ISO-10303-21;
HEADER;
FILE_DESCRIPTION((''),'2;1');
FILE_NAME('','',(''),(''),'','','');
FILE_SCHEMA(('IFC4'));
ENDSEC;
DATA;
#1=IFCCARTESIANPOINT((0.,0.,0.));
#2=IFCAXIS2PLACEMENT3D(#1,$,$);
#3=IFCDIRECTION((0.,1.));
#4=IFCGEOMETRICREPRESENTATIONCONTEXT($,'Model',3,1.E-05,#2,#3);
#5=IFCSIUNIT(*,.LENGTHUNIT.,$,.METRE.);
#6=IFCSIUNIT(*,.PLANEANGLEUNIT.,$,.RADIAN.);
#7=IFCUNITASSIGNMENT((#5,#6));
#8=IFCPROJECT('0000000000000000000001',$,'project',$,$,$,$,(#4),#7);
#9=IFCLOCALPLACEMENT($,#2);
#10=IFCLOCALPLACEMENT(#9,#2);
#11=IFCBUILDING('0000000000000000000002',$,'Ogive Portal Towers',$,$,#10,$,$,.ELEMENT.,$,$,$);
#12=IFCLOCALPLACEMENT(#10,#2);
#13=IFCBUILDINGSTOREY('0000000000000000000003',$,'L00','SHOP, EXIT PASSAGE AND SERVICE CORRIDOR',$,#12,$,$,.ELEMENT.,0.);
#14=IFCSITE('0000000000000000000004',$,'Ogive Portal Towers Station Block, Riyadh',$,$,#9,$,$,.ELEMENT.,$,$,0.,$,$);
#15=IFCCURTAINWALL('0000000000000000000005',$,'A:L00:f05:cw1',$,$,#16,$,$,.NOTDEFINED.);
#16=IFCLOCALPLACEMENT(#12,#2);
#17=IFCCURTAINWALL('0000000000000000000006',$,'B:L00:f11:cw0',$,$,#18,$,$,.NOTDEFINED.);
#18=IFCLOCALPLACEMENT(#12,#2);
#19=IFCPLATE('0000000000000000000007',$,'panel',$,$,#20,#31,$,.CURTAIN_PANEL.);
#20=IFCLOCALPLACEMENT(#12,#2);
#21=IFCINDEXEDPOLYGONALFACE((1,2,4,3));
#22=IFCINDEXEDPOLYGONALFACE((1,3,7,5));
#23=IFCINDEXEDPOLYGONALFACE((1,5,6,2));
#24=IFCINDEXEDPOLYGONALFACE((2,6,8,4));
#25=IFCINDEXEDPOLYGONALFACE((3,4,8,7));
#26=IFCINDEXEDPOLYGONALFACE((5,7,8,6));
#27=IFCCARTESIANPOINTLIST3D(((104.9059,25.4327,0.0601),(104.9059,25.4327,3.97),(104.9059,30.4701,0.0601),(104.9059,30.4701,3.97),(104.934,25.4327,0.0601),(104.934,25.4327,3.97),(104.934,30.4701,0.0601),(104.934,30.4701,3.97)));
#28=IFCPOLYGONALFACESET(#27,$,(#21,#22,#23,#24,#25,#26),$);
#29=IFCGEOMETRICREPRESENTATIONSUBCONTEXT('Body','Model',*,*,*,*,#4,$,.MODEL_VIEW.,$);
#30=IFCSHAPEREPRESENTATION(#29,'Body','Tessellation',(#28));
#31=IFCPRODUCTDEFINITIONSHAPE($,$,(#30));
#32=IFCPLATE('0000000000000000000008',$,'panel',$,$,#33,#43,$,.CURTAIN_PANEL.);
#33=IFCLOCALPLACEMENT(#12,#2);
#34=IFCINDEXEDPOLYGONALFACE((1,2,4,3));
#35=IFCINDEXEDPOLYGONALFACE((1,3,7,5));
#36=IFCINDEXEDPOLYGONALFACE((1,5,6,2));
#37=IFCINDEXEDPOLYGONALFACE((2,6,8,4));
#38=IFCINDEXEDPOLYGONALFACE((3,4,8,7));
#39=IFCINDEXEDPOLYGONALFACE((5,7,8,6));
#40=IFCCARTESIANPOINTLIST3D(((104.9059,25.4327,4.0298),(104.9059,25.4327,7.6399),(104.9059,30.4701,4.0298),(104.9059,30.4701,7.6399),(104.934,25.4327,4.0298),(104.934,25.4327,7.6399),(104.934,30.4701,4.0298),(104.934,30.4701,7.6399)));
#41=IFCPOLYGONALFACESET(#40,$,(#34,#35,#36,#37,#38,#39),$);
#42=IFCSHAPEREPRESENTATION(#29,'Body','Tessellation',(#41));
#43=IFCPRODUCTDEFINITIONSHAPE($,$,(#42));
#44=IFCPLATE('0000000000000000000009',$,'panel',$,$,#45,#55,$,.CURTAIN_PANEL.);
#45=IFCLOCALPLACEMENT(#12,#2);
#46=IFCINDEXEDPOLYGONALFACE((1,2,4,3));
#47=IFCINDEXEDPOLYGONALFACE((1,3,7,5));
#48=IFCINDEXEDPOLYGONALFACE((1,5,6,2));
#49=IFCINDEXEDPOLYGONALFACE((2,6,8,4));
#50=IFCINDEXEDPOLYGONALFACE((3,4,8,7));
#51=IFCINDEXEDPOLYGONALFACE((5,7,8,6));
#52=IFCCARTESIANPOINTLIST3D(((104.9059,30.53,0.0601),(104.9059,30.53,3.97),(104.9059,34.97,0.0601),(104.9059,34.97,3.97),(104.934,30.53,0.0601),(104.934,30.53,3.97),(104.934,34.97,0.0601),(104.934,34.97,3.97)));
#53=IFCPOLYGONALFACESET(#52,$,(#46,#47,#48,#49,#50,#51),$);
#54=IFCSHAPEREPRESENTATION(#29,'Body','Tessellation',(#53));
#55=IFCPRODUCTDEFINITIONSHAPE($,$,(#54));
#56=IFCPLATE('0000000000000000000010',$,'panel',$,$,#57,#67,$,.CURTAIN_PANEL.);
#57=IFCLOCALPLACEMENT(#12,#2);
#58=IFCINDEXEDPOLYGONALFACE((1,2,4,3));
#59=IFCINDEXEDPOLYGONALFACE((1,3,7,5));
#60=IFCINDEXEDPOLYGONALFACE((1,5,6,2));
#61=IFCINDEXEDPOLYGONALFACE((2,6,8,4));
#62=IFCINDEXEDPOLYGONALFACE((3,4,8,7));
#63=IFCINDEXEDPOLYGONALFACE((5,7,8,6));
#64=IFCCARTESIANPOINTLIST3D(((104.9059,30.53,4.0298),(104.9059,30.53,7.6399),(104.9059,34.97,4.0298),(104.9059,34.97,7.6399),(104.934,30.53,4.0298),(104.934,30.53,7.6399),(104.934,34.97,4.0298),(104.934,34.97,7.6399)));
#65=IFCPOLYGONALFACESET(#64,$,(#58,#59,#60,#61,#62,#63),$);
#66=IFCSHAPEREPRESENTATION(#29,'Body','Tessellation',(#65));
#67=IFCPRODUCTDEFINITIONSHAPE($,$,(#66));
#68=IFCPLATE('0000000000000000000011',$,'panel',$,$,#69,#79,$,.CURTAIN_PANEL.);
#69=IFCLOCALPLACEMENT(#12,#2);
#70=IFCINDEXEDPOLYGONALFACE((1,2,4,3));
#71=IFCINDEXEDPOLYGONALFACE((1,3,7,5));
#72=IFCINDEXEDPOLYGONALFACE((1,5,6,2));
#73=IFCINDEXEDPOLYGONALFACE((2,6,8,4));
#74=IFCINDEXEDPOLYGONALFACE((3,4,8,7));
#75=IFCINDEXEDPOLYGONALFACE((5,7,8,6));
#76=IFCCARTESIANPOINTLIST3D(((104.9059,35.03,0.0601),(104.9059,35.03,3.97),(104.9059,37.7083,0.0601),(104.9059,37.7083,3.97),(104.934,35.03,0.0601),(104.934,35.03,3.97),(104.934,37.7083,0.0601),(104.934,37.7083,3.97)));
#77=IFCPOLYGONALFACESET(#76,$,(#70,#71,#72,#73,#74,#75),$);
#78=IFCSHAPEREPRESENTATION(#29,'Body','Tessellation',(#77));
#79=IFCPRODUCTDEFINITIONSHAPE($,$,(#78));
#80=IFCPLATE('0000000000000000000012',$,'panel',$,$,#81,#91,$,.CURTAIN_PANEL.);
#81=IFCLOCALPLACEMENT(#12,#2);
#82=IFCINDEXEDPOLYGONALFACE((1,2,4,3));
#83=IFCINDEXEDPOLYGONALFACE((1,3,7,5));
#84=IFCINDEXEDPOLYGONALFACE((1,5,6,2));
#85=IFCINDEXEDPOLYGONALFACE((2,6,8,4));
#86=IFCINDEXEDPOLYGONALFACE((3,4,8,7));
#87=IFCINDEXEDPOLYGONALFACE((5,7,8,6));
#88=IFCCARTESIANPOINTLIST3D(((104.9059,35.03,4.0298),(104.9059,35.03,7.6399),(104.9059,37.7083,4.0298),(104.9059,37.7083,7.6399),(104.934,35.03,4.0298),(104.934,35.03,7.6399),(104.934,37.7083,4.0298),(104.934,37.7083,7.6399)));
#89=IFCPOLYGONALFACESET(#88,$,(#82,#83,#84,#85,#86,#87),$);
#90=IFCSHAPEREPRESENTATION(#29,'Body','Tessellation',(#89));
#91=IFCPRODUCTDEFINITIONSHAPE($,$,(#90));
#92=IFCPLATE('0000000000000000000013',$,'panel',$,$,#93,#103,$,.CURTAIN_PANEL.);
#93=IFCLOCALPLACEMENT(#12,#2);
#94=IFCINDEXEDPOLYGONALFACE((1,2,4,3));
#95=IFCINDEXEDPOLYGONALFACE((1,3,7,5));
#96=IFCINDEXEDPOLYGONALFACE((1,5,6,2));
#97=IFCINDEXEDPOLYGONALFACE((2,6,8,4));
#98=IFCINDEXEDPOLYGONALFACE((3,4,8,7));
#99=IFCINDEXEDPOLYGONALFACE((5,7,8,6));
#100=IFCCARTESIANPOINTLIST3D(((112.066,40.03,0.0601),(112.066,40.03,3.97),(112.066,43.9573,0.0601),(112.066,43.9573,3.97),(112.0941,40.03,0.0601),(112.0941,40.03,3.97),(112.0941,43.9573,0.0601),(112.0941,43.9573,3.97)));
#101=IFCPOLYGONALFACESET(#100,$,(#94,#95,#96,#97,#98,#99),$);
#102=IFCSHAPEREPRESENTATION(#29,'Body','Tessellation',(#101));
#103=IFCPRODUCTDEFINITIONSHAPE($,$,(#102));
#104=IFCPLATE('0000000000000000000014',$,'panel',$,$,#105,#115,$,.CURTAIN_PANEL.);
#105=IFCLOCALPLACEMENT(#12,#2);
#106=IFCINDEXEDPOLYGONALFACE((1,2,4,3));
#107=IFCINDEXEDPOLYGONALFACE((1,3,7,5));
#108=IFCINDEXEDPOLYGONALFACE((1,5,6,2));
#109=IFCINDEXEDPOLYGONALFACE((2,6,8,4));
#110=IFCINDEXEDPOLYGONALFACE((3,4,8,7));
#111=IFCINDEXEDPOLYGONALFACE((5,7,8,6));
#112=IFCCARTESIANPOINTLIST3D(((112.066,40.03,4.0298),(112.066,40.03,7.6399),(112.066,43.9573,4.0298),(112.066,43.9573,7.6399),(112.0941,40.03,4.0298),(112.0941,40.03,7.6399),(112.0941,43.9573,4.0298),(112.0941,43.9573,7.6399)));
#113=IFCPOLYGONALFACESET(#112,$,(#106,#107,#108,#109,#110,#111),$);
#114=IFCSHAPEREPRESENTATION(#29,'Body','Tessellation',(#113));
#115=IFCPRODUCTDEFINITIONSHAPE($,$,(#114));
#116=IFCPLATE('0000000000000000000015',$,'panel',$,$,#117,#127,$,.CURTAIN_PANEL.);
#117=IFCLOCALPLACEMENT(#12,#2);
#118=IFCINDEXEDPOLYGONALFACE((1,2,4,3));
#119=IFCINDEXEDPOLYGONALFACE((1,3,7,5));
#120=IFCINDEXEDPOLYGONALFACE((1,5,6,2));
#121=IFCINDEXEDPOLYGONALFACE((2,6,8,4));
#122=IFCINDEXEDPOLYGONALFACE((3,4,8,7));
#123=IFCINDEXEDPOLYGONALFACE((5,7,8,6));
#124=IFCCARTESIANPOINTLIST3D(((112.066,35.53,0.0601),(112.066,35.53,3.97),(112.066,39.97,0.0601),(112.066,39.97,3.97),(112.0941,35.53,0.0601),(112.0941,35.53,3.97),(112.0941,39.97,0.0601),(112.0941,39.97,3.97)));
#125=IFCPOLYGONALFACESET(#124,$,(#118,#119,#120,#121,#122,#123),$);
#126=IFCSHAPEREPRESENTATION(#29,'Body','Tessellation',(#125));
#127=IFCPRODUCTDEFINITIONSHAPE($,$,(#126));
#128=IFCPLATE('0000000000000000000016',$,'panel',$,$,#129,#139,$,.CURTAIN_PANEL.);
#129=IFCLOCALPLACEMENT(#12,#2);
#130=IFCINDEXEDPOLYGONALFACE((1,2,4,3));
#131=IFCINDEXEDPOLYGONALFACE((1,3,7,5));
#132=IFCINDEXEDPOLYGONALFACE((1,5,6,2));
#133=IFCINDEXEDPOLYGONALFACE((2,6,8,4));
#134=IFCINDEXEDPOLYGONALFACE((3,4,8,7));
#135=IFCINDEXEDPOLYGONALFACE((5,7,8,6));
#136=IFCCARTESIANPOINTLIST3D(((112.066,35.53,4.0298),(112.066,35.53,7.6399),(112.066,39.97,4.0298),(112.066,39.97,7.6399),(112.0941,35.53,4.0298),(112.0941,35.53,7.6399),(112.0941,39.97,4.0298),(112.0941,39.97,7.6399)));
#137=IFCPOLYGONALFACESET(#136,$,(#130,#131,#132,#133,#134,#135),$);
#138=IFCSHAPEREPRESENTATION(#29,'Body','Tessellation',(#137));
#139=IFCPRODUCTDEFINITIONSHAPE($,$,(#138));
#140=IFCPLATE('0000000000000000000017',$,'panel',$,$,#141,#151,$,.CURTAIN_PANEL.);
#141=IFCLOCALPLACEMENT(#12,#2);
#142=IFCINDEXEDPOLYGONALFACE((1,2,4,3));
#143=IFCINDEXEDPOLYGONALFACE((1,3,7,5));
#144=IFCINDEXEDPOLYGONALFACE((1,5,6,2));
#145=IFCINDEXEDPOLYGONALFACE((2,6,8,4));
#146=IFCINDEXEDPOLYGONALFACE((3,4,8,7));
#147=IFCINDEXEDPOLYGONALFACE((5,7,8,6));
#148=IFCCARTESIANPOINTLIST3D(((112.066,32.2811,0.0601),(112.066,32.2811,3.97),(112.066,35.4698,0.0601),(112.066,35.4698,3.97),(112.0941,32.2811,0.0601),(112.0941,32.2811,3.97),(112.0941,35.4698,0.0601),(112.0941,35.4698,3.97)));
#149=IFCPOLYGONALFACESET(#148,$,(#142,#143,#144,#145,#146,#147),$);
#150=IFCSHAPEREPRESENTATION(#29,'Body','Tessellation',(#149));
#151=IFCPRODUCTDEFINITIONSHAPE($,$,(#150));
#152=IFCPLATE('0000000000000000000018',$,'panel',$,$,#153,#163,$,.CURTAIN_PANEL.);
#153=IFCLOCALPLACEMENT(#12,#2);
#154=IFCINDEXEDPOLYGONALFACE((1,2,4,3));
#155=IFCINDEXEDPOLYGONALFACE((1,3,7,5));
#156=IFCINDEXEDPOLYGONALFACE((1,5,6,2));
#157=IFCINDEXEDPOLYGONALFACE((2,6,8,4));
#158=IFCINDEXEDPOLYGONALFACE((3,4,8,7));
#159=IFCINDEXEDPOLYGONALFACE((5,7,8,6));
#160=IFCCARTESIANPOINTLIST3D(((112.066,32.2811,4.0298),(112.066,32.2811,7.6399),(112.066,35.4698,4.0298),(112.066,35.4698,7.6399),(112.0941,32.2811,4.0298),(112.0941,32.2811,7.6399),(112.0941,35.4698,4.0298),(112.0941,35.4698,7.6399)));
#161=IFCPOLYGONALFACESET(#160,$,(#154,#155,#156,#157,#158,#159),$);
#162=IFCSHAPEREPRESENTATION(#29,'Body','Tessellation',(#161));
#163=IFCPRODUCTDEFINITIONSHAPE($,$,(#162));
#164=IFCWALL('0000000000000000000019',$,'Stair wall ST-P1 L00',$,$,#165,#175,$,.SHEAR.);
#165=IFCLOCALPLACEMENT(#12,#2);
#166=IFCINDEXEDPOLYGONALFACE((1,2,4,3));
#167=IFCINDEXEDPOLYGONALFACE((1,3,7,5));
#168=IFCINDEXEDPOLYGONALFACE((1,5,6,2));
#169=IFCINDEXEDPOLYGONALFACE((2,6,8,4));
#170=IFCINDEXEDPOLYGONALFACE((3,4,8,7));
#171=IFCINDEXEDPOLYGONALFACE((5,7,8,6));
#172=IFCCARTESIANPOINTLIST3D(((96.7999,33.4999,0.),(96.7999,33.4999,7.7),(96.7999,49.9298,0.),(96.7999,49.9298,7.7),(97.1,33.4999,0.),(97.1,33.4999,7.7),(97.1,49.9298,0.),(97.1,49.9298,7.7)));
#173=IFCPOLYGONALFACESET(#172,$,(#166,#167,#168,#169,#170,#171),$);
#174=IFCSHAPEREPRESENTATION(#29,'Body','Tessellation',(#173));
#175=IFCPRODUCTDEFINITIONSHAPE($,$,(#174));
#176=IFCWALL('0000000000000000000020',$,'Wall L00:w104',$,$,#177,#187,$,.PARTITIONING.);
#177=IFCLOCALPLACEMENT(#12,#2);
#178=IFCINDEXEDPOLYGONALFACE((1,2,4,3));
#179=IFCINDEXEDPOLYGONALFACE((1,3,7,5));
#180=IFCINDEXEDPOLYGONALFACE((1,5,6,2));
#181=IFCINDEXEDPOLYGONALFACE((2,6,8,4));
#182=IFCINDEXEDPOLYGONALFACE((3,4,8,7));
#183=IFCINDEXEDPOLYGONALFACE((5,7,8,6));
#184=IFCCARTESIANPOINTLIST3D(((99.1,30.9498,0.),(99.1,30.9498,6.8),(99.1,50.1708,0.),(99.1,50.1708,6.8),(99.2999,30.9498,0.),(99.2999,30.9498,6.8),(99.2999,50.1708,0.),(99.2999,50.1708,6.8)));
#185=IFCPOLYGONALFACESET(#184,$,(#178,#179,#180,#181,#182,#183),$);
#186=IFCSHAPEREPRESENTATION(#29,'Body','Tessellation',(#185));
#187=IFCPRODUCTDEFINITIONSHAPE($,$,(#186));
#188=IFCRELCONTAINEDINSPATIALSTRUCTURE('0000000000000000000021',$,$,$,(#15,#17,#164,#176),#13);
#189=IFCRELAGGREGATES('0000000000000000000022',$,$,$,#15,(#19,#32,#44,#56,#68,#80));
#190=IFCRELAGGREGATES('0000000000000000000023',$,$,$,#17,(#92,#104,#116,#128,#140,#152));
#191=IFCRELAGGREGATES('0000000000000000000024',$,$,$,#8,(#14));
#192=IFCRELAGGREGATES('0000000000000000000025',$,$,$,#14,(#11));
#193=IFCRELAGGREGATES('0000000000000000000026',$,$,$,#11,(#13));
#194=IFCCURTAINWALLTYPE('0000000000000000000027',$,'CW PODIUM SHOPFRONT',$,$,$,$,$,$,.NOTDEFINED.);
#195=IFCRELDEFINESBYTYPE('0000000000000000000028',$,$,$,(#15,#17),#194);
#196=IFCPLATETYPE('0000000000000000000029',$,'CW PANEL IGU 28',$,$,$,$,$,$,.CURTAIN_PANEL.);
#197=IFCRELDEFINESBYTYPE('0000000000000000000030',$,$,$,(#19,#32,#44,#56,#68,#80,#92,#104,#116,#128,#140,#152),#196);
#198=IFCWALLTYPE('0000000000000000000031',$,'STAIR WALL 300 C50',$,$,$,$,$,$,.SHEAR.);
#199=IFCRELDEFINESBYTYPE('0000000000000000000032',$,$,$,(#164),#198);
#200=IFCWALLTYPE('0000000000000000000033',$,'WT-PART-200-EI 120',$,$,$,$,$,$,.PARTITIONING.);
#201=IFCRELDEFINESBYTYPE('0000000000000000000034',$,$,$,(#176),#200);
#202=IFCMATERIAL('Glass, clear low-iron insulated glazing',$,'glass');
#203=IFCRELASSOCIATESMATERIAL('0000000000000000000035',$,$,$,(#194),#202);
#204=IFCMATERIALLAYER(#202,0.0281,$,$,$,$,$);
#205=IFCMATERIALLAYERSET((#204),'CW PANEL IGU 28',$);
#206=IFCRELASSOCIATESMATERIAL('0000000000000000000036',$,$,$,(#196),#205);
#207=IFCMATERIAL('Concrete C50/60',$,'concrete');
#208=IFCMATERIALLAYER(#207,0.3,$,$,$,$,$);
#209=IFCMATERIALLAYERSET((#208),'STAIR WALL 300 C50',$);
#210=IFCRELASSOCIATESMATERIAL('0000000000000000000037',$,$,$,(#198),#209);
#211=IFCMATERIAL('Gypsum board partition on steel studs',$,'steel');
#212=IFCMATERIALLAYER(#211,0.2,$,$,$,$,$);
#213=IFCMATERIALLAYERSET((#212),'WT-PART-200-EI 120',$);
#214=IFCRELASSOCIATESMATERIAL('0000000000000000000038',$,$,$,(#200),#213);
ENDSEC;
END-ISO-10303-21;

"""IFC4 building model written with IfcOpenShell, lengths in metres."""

from ifc_helpers import new_model, si_unit, direction, frame, frame_2d, origin, origin_2d, place, context, subcontext, project, spatial, rectangle, extrude, material, layer, layer_set, type_object, element, aggregate, save


model = new_model("IFC4")

# Units and contexts
model_context = context("Model", 3, precision=1e-05, world=origin(), true_north=direction((0.0, 1.0)))
body_context = subcontext(model_context, "Body", "Model", "MODEL_VIEW")
ifc_project = project(units=[si_unit("LENGTHUNIT", "METRE"), si_unit("PLANEANGLEUNIT", "RADIAN")], contexts=[model_context])

# Site, building, storey
site_placement = place(None, origin())
site = spatial("IfcSite", under=ifc_project, at=site_placement, Name="Ogive Portal Towers Station Block, Riyadh", CompositionType="ELEMENT", RefElevation=0.0)
building_placement = place(site_placement, origin())
building = spatial("IfcBuilding", under=site, at=building_placement, Name="Ogive Portal Towers", CompositionType="ELEMENT")
storey_placement = place(building_placement, origin())
storey = spatial("IfcBuildingStorey", under=building, at=storey_placement, Name="L00", Description="SHOP, EXIT PASSAGE AND SERVICE CORRIDOR", CompositionType="ELEMENT", Elevation=0.0)

# Shared definitions
ifc_material_1 = material(Name="Concrete C50/60", Category="concrete")

# Curtain wall
ifc_material_2 = material(Name="Glass, clear low-iron insulated glazing", Category="glass")
curtain_wall_type = type_object("IfcCurtainWallType", Name="CW PODIUM SHOPFRONT", PredefinedType="NOTDEFINED", material=ifc_material_2)
curtain_wall_1_placement = place(storey_placement, origin())
curtain_wall_1 = element("IfcCurtainWall", 1, at=curtain_wall_1_placement, inside=storey, type_object=curtain_wall_type, Name="A:L00:f05:cw1", PredefinedType="NOTDEFINED")

# Curtain wall
curtain_wall_2_placement = place(storey_placement, origin())
curtain_wall_2 = element("IfcCurtainWall", 2, at=curtain_wall_2_placement, inside=storey, type_object=curtain_wall_type, Name="B:L00:f11:cw0", PredefinedType="NOTDEFINED")

# Plates
ifc_layer_1 = layer(ifc_material_2, 0.0281)
ifc_layer_set_1 = layer_set([ifc_layer_1], Name="CW PANEL IGU 28")
plate_type = type_object("IfcPlateType", Name="CW PANEL IGU 28", PredefinedType="CURTAIN_PANEL", material=ifc_layer_set_1)
plate_1_placement = place(storey_placement, frame((104.9199, 27.9514, 0.0601), z_axis=(0.0, 0.0, 1.0), x_axis=(0.0, 1.0, 0.0)))
plate_1 = element("IfcPlate", 3, at=plate_1_placement, type_object=plate_type, Name="panel", PredefinedType="CURTAIN_PANEL", context=body_context, shape_type="SweptSolid", body=[
    extrude(rectangle(XDim=5.0374, YDim=0.0281, at=origin_2d()), origin(), (0.0, 0.0, 1.0), 3.9099),
])
plate_2_placement = place(storey_placement, frame((104.9199, 27.9514, 4.0298), z_axis=(0.0, 0.0, 1.0), x_axis=(0.0, 1.0, 0.0)))
plate_2 = element("IfcPlate", 4, at=plate_2_placement, type_object=plate_type, Name="panel", PredefinedType="CURTAIN_PANEL", context=body_context, shape_type="SweptSolid", body=[
    extrude(rectangle(XDim=5.0374, YDim=0.0281, at=origin_2d()), origin(), (0.0, 0.0, 1.0), 3.6101),
])
plate_3_placement = place(storey_placement, frame((104.9199, 32.75, 0.0601), z_axis=(0.0, 0.0, 1.0), x_axis=(0.0, 1.0, 0.0)))
plate_3 = element("IfcPlate", 5, at=plate_3_placement, type_object=plate_type, Name="panel", PredefinedType="CURTAIN_PANEL", context=body_context, shape_type="SweptSolid", body=[
    extrude(rectangle(XDim=4.4399, YDim=0.0281, at=origin_2d()), origin(), (0.0, 0.0, 1.0), 3.9099),
])
plate_4_placement = place(storey_placement, frame((104.9199, 32.75, 4.0298), z_axis=(0.0, 0.0, 1.0), x_axis=(0.0, 1.0, 0.0)))
plate_4 = element("IfcPlate", 6, at=plate_4_placement, type_object=plate_type, Name="panel", PredefinedType="CURTAIN_PANEL", context=body_context, shape_type="SweptSolid", body=[
    extrude(rectangle(XDim=4.4399, YDim=0.0281, at=origin_2d()), origin(), (0.0, 0.0, 1.0), 3.6101),
])
plate_5_placement = place(storey_placement, frame((104.9199, 36.3691, 0.0601), z_axis=(0.0, 0.0, 1.0), x_axis=(0.0, 1.0, 0.0)))
plate_5 = element("IfcPlate", 7, at=plate_5_placement, type_object=plate_type, Name="panel", PredefinedType="CURTAIN_PANEL", context=body_context, shape_type="SweptSolid", body=[
    extrude(rectangle(XDim=2.6782, YDim=0.0281, at=origin_2d()), origin(), (0.0, 0.0, 1.0), 3.9099),
])
plate_6_placement = place(storey_placement, frame((104.9199, 36.3691, 4.0298), z_axis=(0.0, 0.0, 1.0), x_axis=(0.0, 1.0, 0.0)))
plate_6 = element("IfcPlate", 8, at=plate_6_placement, type_object=plate_type, Name="panel", PredefinedType="CURTAIN_PANEL", context=body_context, shape_type="SweptSolid", body=[
    extrude(rectangle(XDim=2.6782, YDim=0.0281, at=origin_2d()), origin(), (0.0, 0.0, 1.0), 3.6101),
])
aggregate(curtain_wall_1, [plate_1, plate_2, plate_3, plate_4, plate_5, plate_6])
plate_7_placement = place(storey_placement, frame((112.0801, 41.9937, 0.0601), z_axis=(0.0, 0.0, 1.0), x_axis=(0.0, -1.0, 0.0)))
plate_7 = element("IfcPlate", 9, at=plate_7_placement, type_object=plate_type, Name="panel", PredefinedType="CURTAIN_PANEL", context=body_context, shape_type="SweptSolid", body=[
    extrude(rectangle(XDim=3.9272, YDim=0.0281, at=origin_2d()), origin(), (0.0, 0.0, 1.0), 3.9099),
])
plate_8_placement = place(storey_placement, frame((112.0801, 41.9937, 4.0298), z_axis=(0.0, 0.0, 1.0), x_axis=(0.0, -1.0, 0.0)))
plate_8 = element("IfcPlate", 10, at=plate_8_placement, type_object=plate_type, Name="panel", PredefinedType="CURTAIN_PANEL", context=body_context, shape_type="SweptSolid", body=[
    extrude(rectangle(XDim=3.9272, YDim=0.0281, at=origin_2d()), origin(), (0.0, 0.0, 1.0), 3.6101),
])
plate_9_placement = place(storey_placement, frame((112.0801, 37.75, 0.0601), z_axis=(0.0, 0.0, 1.0), x_axis=(0.0, -1.0, 0.0)))
plate_9 = element("IfcPlate", 11, at=plate_9_placement, type_object=plate_type, Name="panel", PredefinedType="CURTAIN_PANEL", context=body_context, shape_type="SweptSolid", body=[
    extrude(rectangle(XDim=4.4399, YDim=0.0281, at=origin_2d()), origin(), (0.0, 0.0, 1.0), 3.9099),
])
plate_10_placement = place(storey_placement, frame((112.0801, 37.75, 4.0298), z_axis=(0.0, 0.0, 1.0), x_axis=(0.0, -1.0, 0.0)))
plate_10 = element("IfcPlate", 12, at=plate_10_placement, type_object=plate_type, Name="panel", PredefinedType="CURTAIN_PANEL", context=body_context, shape_type="SweptSolid", body=[
    extrude(rectangle(XDim=4.4399, YDim=0.0281, at=origin_2d()), origin(), (0.0, 0.0, 1.0), 3.6101),
])
plate_11_placement = place(storey_placement, frame((112.0801, 33.8755, 0.0601), z_axis=(0.0, 0.0, 1.0), x_axis=(0.0, -1.0, 0.0)))
plate_11 = element("IfcPlate", 13, at=plate_11_placement, type_object=plate_type, Name="panel", PredefinedType="CURTAIN_PANEL", context=body_context, shape_type="SweptSolid", body=[
    extrude(rectangle(XDim=3.1887, YDim=0.0281, at=origin_2d()), origin(), (0.0, 0.0, 1.0), 3.9099),
])
plate_12_placement = place(storey_placement, frame((112.0801, 33.8755, 4.0298), z_axis=(0.0, 0.0, 1.0), x_axis=(0.0, -1.0, 0.0)))
plate_12 = element("IfcPlate", 14, at=plate_12_placement, type_object=plate_type, Name="panel", PredefinedType="CURTAIN_PANEL", context=body_context, shape_type="SweptSolid", body=[
    extrude(rectangle(XDim=3.1887, YDim=0.0281, at=origin_2d()), origin(), (0.0, 0.0, 1.0), 3.6101),
])
aggregate(curtain_wall_2, [plate_7, plate_8, plate_9, plate_10, plate_11, plate_12])

# Walls
ifc_layer_2 = layer(ifc_material_1, 0.3)
ifc_layer_set_2 = layer_set([ifc_layer_2], Name="STAIR WALL 300 C50")
wall_type_1 = type_object("IfcWallType", Name="STAIR WALL 300 C50", PredefinedType="SHEAR", material=ifc_layer_set_2)
wall_1_placement = place(storey_placement, frame((96.95, 33.5, 0.0), z_axis=(0.0, 0.0, 1.0), x_axis=(0.0, 1.0, 0.0)))
element("IfcWall", 15, at=wall_1_placement, inside=storey, type_object=wall_type_1, Name="Stair wall ST-P1 L00", PredefinedType="SHEAR", context=body_context, shape_type="SweptSolid", body=[
    extrude(rectangle(XDim=16.4299, YDim=0.3, at=frame_2d((8.2148, 0.0))), origin(), (0.0, 0.0, 1.0), 7.7),
])
ifc_material_3 = material(Name="Gypsum board partition on steel studs", Category="steel")
ifc_layer_3 = layer(ifc_material_3, 0.2)
ifc_layer_set_3 = layer_set([ifc_layer_3], Name="WT-PART-200-EI 120")
wall_type_2 = type_object("IfcWallType", Name="WT-PART-200-EI 120", PredefinedType="PARTITIONING", material=ifc_layer_set_3)
wall_2_placement = place(storey_placement, frame((99.2, 30.95, 0.0), z_axis=(0.0, 0.0, 1.0), x_axis=(0.0, 1.0, 0.0)))
element("IfcWall", 16, at=wall_2_placement, inside=storey, type_object=wall_type_2, Name="Wall L00:w104", PredefinedType="PARTITIONING", context=body_context, shape_type="SweptSolid", body=[
    extrude(rectangle(XDim=19.2209, YDim=0.2, at=frame_2d((9.6104, 0.0))), origin(), (0.0, 0.0, 1.0), 6.8),
])

save(model, "model.ifc")
